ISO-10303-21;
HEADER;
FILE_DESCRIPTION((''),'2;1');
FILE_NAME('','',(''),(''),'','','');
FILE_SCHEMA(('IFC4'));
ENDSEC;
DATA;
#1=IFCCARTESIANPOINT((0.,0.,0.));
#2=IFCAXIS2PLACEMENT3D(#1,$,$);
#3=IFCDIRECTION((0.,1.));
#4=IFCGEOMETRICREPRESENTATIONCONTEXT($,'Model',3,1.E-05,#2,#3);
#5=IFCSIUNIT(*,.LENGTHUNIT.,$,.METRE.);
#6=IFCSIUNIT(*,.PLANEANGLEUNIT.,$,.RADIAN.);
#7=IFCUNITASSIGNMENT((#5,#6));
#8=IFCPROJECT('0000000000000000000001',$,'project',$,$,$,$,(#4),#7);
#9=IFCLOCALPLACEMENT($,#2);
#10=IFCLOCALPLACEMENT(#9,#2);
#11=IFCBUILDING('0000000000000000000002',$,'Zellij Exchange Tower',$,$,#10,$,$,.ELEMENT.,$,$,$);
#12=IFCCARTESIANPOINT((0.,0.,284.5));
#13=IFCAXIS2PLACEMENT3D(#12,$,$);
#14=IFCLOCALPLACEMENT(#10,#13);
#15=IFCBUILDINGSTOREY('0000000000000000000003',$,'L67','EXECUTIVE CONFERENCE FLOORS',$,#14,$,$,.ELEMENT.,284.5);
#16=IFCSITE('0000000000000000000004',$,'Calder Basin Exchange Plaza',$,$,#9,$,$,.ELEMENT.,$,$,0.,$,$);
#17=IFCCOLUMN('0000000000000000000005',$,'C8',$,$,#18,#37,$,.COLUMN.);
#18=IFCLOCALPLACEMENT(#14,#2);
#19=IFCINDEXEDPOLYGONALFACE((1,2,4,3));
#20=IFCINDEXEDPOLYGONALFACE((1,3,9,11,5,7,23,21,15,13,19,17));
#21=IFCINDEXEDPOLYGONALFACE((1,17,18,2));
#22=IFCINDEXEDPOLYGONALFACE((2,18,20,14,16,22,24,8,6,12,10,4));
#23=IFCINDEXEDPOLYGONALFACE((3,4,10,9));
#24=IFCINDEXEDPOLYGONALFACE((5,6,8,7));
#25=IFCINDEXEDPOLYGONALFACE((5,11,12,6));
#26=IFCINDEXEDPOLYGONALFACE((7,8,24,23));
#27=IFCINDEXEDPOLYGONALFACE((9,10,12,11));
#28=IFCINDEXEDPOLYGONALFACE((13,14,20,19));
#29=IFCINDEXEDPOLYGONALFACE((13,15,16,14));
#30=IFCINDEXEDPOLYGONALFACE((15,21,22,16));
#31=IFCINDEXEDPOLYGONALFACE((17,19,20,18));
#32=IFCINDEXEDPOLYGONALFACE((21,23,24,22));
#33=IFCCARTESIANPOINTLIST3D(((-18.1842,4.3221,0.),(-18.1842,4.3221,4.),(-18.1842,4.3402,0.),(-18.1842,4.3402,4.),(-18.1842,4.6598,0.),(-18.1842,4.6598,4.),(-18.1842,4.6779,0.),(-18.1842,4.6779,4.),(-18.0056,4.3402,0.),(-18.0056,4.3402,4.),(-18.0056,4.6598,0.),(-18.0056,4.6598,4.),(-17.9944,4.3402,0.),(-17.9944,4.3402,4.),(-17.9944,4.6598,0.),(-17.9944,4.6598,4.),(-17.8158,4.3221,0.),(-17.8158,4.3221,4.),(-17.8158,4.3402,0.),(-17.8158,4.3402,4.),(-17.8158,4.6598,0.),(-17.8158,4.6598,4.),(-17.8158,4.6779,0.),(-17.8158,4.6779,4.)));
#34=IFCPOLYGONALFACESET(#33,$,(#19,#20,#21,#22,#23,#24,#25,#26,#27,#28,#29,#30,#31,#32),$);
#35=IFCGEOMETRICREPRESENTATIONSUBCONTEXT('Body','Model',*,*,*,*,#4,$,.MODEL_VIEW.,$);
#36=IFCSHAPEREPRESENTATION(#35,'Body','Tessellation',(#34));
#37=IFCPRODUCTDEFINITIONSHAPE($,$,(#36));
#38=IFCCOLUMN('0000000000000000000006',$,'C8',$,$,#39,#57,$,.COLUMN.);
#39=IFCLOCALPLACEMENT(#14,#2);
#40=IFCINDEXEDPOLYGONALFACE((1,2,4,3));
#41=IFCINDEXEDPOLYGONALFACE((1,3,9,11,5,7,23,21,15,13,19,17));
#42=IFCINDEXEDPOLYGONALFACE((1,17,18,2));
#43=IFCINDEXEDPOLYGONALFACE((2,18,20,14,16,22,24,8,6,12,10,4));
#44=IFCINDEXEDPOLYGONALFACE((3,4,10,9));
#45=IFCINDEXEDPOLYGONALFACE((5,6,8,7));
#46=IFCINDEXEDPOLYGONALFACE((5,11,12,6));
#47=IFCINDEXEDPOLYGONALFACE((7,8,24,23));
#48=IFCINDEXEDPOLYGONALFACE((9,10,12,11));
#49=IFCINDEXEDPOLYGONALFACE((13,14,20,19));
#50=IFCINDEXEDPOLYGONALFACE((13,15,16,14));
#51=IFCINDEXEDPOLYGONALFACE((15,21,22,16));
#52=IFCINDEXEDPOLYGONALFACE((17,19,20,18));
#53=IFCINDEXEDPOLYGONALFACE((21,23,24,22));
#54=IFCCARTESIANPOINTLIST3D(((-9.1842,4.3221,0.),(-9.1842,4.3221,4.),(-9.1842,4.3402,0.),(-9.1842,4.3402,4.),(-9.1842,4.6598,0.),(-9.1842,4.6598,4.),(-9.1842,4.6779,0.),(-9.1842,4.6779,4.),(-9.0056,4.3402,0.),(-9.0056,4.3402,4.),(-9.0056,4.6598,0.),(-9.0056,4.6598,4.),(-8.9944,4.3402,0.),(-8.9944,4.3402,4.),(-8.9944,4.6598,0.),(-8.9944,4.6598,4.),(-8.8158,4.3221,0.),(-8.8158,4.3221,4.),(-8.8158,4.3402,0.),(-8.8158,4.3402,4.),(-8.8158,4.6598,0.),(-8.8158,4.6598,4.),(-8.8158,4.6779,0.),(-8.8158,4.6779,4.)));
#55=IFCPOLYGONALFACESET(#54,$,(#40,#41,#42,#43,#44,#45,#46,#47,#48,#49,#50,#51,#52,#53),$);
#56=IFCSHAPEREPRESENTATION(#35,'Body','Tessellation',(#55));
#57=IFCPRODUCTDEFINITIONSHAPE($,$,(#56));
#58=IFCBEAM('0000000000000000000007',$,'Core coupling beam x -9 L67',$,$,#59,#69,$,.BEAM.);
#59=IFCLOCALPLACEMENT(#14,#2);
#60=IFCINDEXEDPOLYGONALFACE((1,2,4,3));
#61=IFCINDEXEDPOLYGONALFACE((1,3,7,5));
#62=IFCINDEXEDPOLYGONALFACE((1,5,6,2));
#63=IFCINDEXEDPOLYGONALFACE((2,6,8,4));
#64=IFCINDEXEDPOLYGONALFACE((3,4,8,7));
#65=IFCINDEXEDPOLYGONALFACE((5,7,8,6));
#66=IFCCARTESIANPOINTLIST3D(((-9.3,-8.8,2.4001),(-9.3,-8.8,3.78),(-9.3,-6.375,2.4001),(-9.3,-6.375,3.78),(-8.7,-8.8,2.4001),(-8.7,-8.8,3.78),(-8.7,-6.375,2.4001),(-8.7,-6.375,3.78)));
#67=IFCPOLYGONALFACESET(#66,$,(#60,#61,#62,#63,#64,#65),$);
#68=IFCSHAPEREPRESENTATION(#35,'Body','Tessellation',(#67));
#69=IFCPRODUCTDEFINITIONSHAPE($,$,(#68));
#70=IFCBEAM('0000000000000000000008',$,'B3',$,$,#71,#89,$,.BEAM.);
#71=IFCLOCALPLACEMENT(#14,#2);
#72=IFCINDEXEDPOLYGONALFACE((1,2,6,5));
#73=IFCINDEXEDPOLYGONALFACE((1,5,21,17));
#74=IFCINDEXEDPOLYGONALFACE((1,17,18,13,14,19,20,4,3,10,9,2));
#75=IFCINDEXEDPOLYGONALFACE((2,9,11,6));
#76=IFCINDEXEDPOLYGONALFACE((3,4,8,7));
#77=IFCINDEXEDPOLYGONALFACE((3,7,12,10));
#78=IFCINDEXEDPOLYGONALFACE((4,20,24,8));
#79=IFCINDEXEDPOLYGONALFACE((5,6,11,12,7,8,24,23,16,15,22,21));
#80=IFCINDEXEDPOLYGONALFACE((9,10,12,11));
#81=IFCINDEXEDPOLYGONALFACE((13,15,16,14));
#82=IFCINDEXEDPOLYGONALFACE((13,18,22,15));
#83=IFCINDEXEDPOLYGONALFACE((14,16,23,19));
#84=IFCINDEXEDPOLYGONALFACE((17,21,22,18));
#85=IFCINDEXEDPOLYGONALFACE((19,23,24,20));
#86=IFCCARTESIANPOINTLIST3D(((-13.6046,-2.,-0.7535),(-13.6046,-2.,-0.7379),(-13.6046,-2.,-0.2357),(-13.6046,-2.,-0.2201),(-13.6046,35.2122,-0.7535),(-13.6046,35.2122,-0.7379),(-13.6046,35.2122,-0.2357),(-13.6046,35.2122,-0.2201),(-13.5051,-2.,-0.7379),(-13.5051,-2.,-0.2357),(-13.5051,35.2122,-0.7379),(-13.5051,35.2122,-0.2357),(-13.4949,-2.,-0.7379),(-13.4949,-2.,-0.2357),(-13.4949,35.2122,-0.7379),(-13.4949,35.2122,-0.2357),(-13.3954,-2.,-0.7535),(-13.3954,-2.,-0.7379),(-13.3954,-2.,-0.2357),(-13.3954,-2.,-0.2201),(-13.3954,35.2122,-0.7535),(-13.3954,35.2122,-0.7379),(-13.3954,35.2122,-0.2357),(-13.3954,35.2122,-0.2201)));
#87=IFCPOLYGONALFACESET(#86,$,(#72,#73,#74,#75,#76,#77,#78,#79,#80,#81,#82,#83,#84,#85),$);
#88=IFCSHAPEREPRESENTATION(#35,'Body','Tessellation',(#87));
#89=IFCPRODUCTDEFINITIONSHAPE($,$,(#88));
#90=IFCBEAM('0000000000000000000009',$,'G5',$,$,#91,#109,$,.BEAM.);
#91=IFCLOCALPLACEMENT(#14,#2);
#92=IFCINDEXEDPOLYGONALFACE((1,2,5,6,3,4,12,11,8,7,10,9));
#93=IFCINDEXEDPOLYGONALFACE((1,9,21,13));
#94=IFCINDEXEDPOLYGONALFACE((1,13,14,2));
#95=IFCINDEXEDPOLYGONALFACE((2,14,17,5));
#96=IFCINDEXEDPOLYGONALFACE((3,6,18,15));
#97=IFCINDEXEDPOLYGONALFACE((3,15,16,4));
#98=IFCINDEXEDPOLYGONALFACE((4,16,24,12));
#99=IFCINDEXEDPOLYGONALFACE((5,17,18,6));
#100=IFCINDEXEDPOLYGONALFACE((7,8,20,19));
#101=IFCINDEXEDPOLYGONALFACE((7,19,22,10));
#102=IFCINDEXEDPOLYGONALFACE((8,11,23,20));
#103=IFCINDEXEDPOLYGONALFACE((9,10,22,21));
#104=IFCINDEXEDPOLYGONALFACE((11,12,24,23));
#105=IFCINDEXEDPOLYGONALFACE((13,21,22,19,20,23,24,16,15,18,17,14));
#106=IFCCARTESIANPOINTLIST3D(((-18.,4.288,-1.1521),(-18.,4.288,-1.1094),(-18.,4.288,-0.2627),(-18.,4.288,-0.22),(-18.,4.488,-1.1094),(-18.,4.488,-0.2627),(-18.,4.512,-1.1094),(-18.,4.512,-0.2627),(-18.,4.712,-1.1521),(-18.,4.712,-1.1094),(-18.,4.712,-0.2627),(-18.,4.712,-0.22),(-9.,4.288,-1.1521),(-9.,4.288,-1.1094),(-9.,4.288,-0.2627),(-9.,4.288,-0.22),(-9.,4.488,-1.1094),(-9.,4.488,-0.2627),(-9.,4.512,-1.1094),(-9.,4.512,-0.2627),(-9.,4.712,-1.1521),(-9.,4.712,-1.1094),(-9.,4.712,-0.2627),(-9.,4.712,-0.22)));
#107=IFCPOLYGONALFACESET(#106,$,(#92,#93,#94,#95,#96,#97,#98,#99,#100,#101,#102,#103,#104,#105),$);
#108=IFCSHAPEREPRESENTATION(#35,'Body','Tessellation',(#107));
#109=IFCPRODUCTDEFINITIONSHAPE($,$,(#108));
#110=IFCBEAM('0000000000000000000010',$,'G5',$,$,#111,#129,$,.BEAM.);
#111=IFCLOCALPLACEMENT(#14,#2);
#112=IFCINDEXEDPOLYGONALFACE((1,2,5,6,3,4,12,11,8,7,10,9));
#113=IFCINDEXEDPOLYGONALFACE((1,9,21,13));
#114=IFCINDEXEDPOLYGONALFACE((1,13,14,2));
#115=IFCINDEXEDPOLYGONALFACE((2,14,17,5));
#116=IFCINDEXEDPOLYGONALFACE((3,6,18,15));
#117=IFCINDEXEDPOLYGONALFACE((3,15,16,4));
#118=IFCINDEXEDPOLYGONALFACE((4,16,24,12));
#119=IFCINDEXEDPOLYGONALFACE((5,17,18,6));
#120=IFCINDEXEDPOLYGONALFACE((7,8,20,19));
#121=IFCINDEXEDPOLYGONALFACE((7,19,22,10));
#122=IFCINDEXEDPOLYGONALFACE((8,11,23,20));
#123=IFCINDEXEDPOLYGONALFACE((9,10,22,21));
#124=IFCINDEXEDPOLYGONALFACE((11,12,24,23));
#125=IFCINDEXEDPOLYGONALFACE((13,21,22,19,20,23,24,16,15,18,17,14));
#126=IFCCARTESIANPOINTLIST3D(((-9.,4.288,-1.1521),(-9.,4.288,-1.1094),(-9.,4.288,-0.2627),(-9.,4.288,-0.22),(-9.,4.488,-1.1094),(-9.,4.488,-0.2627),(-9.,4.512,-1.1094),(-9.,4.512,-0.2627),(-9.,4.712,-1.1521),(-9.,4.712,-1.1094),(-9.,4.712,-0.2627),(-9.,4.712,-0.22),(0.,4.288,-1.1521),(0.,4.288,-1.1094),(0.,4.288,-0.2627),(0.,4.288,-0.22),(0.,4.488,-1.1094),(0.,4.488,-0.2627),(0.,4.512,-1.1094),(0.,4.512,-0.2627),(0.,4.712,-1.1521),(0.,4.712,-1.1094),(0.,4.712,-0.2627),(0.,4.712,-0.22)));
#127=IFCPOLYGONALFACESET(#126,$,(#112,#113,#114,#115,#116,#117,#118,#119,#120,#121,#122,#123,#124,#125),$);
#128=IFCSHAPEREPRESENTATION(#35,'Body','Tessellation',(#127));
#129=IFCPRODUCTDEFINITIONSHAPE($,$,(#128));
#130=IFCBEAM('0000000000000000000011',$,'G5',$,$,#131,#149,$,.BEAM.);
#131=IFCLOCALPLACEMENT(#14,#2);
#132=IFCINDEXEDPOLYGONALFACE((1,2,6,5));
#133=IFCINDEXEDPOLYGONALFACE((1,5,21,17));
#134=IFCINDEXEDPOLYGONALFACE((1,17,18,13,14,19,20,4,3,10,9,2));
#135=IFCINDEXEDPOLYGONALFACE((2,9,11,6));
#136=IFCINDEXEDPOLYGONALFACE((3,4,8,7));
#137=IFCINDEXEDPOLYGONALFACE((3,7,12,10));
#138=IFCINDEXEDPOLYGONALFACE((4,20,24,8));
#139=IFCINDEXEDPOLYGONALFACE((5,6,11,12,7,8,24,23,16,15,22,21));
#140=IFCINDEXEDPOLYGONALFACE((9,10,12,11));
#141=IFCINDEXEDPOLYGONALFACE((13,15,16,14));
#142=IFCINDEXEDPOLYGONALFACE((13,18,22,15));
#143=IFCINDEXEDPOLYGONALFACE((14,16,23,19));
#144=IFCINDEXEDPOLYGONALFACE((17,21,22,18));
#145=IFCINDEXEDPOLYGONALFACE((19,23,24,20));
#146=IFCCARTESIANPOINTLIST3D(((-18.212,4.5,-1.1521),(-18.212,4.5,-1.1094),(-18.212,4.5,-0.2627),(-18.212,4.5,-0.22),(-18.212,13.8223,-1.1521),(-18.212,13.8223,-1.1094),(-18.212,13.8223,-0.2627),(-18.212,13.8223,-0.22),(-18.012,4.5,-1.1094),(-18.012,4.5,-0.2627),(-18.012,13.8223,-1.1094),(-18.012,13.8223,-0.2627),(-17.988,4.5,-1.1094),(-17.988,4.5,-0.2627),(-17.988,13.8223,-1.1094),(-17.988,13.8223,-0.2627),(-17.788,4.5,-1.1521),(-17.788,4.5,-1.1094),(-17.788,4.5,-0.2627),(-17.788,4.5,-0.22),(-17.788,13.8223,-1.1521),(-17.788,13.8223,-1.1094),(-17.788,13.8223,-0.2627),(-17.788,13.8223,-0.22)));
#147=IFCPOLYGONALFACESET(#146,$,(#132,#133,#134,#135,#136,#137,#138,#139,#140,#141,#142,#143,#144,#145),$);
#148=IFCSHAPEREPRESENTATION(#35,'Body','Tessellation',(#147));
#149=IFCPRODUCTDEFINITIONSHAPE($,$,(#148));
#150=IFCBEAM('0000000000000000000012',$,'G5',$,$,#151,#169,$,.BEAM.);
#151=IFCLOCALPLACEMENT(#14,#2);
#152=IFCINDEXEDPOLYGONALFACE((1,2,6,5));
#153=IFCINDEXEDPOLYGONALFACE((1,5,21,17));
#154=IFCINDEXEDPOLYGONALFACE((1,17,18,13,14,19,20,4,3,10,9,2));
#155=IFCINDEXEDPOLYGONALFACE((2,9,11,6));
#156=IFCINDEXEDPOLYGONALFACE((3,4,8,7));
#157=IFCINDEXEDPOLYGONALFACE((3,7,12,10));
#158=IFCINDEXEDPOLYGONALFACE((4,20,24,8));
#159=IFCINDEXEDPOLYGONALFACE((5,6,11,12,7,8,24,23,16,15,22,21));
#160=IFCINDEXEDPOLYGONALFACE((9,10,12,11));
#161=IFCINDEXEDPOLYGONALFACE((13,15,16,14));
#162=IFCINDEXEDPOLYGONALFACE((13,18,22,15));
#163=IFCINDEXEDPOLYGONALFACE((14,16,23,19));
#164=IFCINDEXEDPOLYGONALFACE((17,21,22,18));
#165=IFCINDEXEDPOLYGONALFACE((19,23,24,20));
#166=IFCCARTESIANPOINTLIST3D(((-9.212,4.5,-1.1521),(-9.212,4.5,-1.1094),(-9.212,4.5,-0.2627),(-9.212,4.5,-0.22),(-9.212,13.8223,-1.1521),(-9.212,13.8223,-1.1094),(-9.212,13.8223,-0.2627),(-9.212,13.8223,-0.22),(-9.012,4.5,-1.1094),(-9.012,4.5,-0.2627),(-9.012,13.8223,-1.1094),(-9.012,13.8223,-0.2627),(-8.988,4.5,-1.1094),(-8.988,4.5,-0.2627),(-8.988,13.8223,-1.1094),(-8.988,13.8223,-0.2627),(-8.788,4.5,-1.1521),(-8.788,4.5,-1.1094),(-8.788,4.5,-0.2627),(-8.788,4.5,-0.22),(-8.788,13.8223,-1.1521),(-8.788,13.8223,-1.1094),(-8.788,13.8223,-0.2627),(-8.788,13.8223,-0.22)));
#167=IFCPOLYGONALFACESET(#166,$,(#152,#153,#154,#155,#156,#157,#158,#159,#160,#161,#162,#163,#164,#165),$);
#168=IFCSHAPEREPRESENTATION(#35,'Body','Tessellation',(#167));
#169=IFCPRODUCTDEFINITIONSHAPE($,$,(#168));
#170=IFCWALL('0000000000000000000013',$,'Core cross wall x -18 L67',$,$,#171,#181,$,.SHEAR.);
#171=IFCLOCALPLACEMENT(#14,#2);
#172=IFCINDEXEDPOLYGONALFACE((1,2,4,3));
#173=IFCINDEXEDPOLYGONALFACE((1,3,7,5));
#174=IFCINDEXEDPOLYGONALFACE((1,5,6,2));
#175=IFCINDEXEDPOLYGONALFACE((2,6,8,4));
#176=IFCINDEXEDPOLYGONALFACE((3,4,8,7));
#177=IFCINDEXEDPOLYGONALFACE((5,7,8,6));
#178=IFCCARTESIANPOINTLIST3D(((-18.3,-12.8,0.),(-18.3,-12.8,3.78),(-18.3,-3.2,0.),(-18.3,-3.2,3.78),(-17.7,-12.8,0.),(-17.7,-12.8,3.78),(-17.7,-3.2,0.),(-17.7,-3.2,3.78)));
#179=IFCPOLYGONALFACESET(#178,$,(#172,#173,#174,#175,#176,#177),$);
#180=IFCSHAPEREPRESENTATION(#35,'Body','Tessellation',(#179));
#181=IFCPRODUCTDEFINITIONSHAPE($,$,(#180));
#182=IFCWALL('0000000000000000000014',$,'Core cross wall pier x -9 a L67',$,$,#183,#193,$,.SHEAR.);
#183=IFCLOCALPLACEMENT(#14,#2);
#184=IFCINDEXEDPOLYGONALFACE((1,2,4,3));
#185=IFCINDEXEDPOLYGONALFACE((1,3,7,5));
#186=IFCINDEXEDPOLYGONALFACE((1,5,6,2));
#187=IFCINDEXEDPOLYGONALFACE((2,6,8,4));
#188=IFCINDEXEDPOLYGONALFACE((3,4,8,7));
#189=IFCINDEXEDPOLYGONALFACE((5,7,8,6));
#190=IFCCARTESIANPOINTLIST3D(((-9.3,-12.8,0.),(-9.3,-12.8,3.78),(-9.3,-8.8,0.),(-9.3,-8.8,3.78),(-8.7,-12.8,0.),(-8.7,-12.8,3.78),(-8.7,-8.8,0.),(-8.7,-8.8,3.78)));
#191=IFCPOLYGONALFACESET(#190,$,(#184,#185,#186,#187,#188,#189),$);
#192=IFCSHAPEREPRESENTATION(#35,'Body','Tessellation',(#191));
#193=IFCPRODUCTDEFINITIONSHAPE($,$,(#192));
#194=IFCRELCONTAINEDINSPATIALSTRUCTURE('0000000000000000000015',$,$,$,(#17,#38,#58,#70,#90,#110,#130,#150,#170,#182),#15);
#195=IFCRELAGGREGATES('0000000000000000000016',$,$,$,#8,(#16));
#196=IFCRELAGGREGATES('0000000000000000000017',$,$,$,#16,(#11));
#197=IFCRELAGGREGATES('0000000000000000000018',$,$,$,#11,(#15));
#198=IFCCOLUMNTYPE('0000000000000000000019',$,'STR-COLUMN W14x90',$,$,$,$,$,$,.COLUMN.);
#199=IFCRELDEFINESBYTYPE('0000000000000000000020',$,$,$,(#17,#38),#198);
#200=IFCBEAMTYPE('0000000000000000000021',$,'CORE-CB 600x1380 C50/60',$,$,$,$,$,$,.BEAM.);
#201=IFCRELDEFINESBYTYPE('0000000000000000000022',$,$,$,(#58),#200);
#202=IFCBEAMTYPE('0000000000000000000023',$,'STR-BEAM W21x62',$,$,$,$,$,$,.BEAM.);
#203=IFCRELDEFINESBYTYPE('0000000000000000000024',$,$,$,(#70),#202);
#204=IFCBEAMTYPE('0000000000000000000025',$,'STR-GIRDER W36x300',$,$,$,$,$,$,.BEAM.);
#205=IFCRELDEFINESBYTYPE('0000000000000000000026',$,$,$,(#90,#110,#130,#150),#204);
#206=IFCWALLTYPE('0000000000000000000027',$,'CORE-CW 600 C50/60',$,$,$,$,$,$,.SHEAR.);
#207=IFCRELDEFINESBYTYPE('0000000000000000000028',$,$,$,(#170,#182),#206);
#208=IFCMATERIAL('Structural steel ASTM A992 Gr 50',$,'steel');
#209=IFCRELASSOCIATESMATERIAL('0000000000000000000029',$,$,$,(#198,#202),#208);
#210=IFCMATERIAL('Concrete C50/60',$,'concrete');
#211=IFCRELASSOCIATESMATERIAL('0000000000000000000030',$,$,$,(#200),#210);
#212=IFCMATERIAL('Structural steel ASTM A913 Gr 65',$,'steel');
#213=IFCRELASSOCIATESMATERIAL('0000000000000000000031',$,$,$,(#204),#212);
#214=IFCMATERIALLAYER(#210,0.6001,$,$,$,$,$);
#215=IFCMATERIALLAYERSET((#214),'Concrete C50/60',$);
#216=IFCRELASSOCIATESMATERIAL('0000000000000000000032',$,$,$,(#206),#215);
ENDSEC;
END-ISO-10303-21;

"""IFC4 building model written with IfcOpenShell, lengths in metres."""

from ifc_helpers import new_model, si_unit, direction, frame, frame_2d, origin, origin_2d, place, context, subcontext, project, spatial, rectangle, i_section, extrude, material, layer, layer_set, material_profile, profile_set, type_object, element, save


model = new_model("IFC4")

# Units and contexts
model_context = context("Model", 3, precision=1e-05, world=origin(), true_north=direction((0.0, 1.0)))
body_context = subcontext(model_context, "Body", "Model", "MODEL_VIEW")
ifc_project = project(units=[si_unit("LENGTHUNIT", "METRE"), si_unit("PLANEANGLEUNIT", "RADIAN")], contexts=[model_context])

# Site, building, storey
site_placement = place(None, origin())
site = spatial("IfcSite", under=ifc_project, at=site_placement, Name="Calder Basin Exchange Plaza", CompositionType="ELEMENT", RefElevation=0.0)
building_placement = place(site_placement, origin())
building = spatial("IfcBuilding", under=site, at=building_placement, Name="Zellij Exchange Tower", CompositionType="ELEMENT")
storey_placement = place(building_placement, frame((0.0, 0.0, 284.5)))
storey = spatial("IfcBuildingStorey", under=building, at=storey_placement, Name="L67", Description="EXECUTIVE CONFERENCE FLOORS", CompositionType="ELEMENT", Elevation=284.5)

# Columns
ifc_material_1 = material(Name="Structural steel ASTM A992 Gr 50", Category="steel")
ifc_material_profile_1 = material_profile(ifc_material_1, i_section(OverallWidth=0.3684, OverallDepth=0.3557, WebThickness=0.0112, FlangeThickness=0.0181, at=origin_2d()), Name="W14x90")
ifc_profile_set_1 = profile_set([ifc_material_profile_1], Name="Structural steel ASTM A992 Gr 50")
column_type = type_object("IfcColumnType", Name="STR-COLUMN W14x90", PredefinedType="COLUMN", material=ifc_profile_set_1)
for number, where, z_axis, x_axis, name in (
    (1, (-18.0, 4.5, 0.0), (0.0, 0.0, 1.0), (1.0, 0.0, 0.0), "C8"),
    (2, (-9.0, 4.5, 0.0), (0.0, 0.0, 1.0), (1.0, 0.0, 0.0), "C8"),
):
    element("IfcColumn", number, at=place(storey_placement, frame(where, z_axis=z_axis, x_axis=x_axis)), inside=storey, type_object=column_type, Name=name, PredefinedType="COLUMN", context=body_context, shape_type="SweptSolid", body=[
        extrude(i_section(OverallWidth=0.3684, OverallDepth=0.3557, WebThickness=0.0112, FlangeThickness=0.0181, at=origin_2d()), origin(), (0.0, 0.0, 1.0), 4.0),
    ])

# Beams
ifc_material_2 = material(Name="Concrete C50/60", Category="concrete")
ifc_material_profile_2 = material_profile(ifc_material_2, rectangle(XDim=0.6001, YDim=1.3799, at=origin_2d()), Name="CORE-CB 600x1380 C50/60")
ifc_profile_set_2 = profile_set([ifc_material_profile_2], Name="Concrete C50/60")
beam_type_1 = type_object("IfcBeamType", Name="CORE-CB 600x1380 C50/60", PredefinedType="BEAM", material=ifc_profile_set_2)
beam_1_placement = place(storey_placement, frame((-9.0, -8.8, 3.0901), z_axis=(0.0, 1.0, 0.0), x_axis=(-1.0, 0.0, 0.0)))
element("IfcBeam", 3, at=beam_1_placement, inside=storey, type_object=beam_type_1, Name="Core coupling beam x -9 L67", PredefinedType="BEAM", context=body_context, shape_type="SweptSolid", body=[
    extrude(rectangle(XDim=0.6001, YDim=1.3799, at=origin_2d()), origin(), (0.0, 0.0, 1.0), 2.425),
])
ifc_material_profile_3 = material_profile(ifc_material_1, i_section(OverallWidth=0.2092, OverallDepth=0.5334, WebThickness=0.0103, FlangeThickness=0.0156, at=origin_2d()), Name="W21x62")
ifc_profile_set_3 = profile_set([ifc_material_profile_3], Name="Structural steel ASTM A992 Gr 50")
beam_type_2 = type_object("IfcBeamType", Name="STR-BEAM W21x62", PredefinedType="BEAM", material=ifc_profile_set_3)
beam_2_placement = place(storey_placement, frame((-13.5, -2.0, -0.4868), z_axis=(0.0, 1.0, 0.0), x_axis=(-1.0, 0.0, 0.0)))
element("IfcBeam", 4, at=beam_2_placement, inside=storey, type_object=beam_type_2, Name="B3", PredefinedType="BEAM", context=body_context, shape_type="SweptSolid", body=[
    extrude(i_section(OverallWidth=0.2092, OverallDepth=0.5334, WebThickness=0.0103, FlangeThickness=0.0156, at=origin_2d()), origin(), (0.0, 0.0, 1.0), 37.2122),
])
ifc_material_3 = material(Name="Structural steel ASTM A913 Gr 65", Category="steel")
ifc_material_profile_4 = material_profile(ifc_material_3, i_section(OverallWidth=0.4241, OverallDepth=0.9321, WebThickness=0.0239, FlangeThickness=0.0427, at=origin_2d()), Name="W36x300")
ifc_profile_set_4 = profile_set([ifc_material_profile_4], Name="Structural steel ASTM A913 Gr 65")
beam_type_3 = type_object("IfcBeamType", Name="STR-GIRDER W36x300", PredefinedType="BEAM", material=ifc_profile_set_4)
for number, where, z_axis, x_axis, name in (
    (5, (-18.0, 4.5, -0.686), (1.0, 0.0, 0.0), (0.0, 1.0, 0.0), "G5"),
    (6, (-9.0, 4.5, -0.686), (1.0, 0.0, 0.0), (0.0, 1.0, 0.0), "G5"),
):
    element("IfcBeam", number, at=place(storey_placement, frame(where, z_axis=z_axis, x_axis=x_axis)), inside=storey, type_object=beam_type_3, Name=name, PredefinedType="BEAM", context=body_context, shape_type="SweptSolid", body=[
        extrude(i_section(OverallWidth=0.4241, OverallDepth=0.9321, WebThickness=0.0239, FlangeThickness=0.0427, at=origin_2d()), origin(), (0.0, 0.0, 1.0), 9.0),
    ])
for number, where, z_axis, x_axis, name in (
    (7, (-18.0, 4.5, -0.686), (0.0, 1.0, 0.0), (-1.0, 0.0, 0.0), "G5"),
    (8, (-9.0, 4.5, -0.686), (0.0, 1.0, 0.0), (-1.0, 0.0, 0.0), "G5"),
):
    element("IfcBeam", number, at=place(storey_placement, frame(where, z_axis=z_axis, x_axis=x_axis)), inside=storey, type_object=beam_type_3, Name=name, PredefinedType="BEAM", context=body_context, shape_type="SweptSolid", body=[
        extrude(i_section(OverallWidth=0.4241, OverallDepth=0.9321, WebThickness=0.0239, FlangeThickness=0.0427, at=origin_2d()), origin(), (0.0, 0.0, 1.0), 9.3223),
    ])

# Walls
ifc_layer_1 = layer(ifc_material_2, 0.6001)
ifc_layer_set_1 = layer_set([ifc_layer_1], Name="Concrete C50/60")
wall_type_1 = type_object("IfcWallType", Name="CORE-CW 600 C50/60", PredefinedType="SHEAR", material=ifc_layer_set_1)
wall_1_placement = place(storey_placement, frame((-18.0, -12.8, 0.0), z_axis=(0.0, 0.0, 1.0), x_axis=(0.0, 1.0, 0.0)))
element("IfcWall", 9, at=wall_1_placement, inside=storey, type_object=wall_type_1, Name="Core cross wall x -18 L67", PredefinedType="SHEAR", context=body_context, shape_type="SweptSolid", body=[
    extrude(rectangle(XDim=9.6001, YDim=0.6001, at=frame_2d((4.8, 0.0))), origin(), (0.0, 0.0, 1.0), 3.78),
])
wall_2_placement = place(storey_placement, frame((-9.0, -12.8, 0.0), z_axis=(0.0, 0.0, 1.0), x_axis=(0.0, 1.0, 0.0)))
element("IfcWall", 10, at=wall_2_placement, inside=storey, type_object=wall_type_1, Name="Core cross wall pier x -9 a L67", PredefinedType="SHEAR", context=body_context, shape_type="SweptSolid", body=[
    extrude(rectangle(XDim=4.0, YDim=0.6001, at=frame_2d((2.0, 0.0))), origin(), (0.0, 0.0, 1.0), 3.78),
])

save(model, "model.ifc")
